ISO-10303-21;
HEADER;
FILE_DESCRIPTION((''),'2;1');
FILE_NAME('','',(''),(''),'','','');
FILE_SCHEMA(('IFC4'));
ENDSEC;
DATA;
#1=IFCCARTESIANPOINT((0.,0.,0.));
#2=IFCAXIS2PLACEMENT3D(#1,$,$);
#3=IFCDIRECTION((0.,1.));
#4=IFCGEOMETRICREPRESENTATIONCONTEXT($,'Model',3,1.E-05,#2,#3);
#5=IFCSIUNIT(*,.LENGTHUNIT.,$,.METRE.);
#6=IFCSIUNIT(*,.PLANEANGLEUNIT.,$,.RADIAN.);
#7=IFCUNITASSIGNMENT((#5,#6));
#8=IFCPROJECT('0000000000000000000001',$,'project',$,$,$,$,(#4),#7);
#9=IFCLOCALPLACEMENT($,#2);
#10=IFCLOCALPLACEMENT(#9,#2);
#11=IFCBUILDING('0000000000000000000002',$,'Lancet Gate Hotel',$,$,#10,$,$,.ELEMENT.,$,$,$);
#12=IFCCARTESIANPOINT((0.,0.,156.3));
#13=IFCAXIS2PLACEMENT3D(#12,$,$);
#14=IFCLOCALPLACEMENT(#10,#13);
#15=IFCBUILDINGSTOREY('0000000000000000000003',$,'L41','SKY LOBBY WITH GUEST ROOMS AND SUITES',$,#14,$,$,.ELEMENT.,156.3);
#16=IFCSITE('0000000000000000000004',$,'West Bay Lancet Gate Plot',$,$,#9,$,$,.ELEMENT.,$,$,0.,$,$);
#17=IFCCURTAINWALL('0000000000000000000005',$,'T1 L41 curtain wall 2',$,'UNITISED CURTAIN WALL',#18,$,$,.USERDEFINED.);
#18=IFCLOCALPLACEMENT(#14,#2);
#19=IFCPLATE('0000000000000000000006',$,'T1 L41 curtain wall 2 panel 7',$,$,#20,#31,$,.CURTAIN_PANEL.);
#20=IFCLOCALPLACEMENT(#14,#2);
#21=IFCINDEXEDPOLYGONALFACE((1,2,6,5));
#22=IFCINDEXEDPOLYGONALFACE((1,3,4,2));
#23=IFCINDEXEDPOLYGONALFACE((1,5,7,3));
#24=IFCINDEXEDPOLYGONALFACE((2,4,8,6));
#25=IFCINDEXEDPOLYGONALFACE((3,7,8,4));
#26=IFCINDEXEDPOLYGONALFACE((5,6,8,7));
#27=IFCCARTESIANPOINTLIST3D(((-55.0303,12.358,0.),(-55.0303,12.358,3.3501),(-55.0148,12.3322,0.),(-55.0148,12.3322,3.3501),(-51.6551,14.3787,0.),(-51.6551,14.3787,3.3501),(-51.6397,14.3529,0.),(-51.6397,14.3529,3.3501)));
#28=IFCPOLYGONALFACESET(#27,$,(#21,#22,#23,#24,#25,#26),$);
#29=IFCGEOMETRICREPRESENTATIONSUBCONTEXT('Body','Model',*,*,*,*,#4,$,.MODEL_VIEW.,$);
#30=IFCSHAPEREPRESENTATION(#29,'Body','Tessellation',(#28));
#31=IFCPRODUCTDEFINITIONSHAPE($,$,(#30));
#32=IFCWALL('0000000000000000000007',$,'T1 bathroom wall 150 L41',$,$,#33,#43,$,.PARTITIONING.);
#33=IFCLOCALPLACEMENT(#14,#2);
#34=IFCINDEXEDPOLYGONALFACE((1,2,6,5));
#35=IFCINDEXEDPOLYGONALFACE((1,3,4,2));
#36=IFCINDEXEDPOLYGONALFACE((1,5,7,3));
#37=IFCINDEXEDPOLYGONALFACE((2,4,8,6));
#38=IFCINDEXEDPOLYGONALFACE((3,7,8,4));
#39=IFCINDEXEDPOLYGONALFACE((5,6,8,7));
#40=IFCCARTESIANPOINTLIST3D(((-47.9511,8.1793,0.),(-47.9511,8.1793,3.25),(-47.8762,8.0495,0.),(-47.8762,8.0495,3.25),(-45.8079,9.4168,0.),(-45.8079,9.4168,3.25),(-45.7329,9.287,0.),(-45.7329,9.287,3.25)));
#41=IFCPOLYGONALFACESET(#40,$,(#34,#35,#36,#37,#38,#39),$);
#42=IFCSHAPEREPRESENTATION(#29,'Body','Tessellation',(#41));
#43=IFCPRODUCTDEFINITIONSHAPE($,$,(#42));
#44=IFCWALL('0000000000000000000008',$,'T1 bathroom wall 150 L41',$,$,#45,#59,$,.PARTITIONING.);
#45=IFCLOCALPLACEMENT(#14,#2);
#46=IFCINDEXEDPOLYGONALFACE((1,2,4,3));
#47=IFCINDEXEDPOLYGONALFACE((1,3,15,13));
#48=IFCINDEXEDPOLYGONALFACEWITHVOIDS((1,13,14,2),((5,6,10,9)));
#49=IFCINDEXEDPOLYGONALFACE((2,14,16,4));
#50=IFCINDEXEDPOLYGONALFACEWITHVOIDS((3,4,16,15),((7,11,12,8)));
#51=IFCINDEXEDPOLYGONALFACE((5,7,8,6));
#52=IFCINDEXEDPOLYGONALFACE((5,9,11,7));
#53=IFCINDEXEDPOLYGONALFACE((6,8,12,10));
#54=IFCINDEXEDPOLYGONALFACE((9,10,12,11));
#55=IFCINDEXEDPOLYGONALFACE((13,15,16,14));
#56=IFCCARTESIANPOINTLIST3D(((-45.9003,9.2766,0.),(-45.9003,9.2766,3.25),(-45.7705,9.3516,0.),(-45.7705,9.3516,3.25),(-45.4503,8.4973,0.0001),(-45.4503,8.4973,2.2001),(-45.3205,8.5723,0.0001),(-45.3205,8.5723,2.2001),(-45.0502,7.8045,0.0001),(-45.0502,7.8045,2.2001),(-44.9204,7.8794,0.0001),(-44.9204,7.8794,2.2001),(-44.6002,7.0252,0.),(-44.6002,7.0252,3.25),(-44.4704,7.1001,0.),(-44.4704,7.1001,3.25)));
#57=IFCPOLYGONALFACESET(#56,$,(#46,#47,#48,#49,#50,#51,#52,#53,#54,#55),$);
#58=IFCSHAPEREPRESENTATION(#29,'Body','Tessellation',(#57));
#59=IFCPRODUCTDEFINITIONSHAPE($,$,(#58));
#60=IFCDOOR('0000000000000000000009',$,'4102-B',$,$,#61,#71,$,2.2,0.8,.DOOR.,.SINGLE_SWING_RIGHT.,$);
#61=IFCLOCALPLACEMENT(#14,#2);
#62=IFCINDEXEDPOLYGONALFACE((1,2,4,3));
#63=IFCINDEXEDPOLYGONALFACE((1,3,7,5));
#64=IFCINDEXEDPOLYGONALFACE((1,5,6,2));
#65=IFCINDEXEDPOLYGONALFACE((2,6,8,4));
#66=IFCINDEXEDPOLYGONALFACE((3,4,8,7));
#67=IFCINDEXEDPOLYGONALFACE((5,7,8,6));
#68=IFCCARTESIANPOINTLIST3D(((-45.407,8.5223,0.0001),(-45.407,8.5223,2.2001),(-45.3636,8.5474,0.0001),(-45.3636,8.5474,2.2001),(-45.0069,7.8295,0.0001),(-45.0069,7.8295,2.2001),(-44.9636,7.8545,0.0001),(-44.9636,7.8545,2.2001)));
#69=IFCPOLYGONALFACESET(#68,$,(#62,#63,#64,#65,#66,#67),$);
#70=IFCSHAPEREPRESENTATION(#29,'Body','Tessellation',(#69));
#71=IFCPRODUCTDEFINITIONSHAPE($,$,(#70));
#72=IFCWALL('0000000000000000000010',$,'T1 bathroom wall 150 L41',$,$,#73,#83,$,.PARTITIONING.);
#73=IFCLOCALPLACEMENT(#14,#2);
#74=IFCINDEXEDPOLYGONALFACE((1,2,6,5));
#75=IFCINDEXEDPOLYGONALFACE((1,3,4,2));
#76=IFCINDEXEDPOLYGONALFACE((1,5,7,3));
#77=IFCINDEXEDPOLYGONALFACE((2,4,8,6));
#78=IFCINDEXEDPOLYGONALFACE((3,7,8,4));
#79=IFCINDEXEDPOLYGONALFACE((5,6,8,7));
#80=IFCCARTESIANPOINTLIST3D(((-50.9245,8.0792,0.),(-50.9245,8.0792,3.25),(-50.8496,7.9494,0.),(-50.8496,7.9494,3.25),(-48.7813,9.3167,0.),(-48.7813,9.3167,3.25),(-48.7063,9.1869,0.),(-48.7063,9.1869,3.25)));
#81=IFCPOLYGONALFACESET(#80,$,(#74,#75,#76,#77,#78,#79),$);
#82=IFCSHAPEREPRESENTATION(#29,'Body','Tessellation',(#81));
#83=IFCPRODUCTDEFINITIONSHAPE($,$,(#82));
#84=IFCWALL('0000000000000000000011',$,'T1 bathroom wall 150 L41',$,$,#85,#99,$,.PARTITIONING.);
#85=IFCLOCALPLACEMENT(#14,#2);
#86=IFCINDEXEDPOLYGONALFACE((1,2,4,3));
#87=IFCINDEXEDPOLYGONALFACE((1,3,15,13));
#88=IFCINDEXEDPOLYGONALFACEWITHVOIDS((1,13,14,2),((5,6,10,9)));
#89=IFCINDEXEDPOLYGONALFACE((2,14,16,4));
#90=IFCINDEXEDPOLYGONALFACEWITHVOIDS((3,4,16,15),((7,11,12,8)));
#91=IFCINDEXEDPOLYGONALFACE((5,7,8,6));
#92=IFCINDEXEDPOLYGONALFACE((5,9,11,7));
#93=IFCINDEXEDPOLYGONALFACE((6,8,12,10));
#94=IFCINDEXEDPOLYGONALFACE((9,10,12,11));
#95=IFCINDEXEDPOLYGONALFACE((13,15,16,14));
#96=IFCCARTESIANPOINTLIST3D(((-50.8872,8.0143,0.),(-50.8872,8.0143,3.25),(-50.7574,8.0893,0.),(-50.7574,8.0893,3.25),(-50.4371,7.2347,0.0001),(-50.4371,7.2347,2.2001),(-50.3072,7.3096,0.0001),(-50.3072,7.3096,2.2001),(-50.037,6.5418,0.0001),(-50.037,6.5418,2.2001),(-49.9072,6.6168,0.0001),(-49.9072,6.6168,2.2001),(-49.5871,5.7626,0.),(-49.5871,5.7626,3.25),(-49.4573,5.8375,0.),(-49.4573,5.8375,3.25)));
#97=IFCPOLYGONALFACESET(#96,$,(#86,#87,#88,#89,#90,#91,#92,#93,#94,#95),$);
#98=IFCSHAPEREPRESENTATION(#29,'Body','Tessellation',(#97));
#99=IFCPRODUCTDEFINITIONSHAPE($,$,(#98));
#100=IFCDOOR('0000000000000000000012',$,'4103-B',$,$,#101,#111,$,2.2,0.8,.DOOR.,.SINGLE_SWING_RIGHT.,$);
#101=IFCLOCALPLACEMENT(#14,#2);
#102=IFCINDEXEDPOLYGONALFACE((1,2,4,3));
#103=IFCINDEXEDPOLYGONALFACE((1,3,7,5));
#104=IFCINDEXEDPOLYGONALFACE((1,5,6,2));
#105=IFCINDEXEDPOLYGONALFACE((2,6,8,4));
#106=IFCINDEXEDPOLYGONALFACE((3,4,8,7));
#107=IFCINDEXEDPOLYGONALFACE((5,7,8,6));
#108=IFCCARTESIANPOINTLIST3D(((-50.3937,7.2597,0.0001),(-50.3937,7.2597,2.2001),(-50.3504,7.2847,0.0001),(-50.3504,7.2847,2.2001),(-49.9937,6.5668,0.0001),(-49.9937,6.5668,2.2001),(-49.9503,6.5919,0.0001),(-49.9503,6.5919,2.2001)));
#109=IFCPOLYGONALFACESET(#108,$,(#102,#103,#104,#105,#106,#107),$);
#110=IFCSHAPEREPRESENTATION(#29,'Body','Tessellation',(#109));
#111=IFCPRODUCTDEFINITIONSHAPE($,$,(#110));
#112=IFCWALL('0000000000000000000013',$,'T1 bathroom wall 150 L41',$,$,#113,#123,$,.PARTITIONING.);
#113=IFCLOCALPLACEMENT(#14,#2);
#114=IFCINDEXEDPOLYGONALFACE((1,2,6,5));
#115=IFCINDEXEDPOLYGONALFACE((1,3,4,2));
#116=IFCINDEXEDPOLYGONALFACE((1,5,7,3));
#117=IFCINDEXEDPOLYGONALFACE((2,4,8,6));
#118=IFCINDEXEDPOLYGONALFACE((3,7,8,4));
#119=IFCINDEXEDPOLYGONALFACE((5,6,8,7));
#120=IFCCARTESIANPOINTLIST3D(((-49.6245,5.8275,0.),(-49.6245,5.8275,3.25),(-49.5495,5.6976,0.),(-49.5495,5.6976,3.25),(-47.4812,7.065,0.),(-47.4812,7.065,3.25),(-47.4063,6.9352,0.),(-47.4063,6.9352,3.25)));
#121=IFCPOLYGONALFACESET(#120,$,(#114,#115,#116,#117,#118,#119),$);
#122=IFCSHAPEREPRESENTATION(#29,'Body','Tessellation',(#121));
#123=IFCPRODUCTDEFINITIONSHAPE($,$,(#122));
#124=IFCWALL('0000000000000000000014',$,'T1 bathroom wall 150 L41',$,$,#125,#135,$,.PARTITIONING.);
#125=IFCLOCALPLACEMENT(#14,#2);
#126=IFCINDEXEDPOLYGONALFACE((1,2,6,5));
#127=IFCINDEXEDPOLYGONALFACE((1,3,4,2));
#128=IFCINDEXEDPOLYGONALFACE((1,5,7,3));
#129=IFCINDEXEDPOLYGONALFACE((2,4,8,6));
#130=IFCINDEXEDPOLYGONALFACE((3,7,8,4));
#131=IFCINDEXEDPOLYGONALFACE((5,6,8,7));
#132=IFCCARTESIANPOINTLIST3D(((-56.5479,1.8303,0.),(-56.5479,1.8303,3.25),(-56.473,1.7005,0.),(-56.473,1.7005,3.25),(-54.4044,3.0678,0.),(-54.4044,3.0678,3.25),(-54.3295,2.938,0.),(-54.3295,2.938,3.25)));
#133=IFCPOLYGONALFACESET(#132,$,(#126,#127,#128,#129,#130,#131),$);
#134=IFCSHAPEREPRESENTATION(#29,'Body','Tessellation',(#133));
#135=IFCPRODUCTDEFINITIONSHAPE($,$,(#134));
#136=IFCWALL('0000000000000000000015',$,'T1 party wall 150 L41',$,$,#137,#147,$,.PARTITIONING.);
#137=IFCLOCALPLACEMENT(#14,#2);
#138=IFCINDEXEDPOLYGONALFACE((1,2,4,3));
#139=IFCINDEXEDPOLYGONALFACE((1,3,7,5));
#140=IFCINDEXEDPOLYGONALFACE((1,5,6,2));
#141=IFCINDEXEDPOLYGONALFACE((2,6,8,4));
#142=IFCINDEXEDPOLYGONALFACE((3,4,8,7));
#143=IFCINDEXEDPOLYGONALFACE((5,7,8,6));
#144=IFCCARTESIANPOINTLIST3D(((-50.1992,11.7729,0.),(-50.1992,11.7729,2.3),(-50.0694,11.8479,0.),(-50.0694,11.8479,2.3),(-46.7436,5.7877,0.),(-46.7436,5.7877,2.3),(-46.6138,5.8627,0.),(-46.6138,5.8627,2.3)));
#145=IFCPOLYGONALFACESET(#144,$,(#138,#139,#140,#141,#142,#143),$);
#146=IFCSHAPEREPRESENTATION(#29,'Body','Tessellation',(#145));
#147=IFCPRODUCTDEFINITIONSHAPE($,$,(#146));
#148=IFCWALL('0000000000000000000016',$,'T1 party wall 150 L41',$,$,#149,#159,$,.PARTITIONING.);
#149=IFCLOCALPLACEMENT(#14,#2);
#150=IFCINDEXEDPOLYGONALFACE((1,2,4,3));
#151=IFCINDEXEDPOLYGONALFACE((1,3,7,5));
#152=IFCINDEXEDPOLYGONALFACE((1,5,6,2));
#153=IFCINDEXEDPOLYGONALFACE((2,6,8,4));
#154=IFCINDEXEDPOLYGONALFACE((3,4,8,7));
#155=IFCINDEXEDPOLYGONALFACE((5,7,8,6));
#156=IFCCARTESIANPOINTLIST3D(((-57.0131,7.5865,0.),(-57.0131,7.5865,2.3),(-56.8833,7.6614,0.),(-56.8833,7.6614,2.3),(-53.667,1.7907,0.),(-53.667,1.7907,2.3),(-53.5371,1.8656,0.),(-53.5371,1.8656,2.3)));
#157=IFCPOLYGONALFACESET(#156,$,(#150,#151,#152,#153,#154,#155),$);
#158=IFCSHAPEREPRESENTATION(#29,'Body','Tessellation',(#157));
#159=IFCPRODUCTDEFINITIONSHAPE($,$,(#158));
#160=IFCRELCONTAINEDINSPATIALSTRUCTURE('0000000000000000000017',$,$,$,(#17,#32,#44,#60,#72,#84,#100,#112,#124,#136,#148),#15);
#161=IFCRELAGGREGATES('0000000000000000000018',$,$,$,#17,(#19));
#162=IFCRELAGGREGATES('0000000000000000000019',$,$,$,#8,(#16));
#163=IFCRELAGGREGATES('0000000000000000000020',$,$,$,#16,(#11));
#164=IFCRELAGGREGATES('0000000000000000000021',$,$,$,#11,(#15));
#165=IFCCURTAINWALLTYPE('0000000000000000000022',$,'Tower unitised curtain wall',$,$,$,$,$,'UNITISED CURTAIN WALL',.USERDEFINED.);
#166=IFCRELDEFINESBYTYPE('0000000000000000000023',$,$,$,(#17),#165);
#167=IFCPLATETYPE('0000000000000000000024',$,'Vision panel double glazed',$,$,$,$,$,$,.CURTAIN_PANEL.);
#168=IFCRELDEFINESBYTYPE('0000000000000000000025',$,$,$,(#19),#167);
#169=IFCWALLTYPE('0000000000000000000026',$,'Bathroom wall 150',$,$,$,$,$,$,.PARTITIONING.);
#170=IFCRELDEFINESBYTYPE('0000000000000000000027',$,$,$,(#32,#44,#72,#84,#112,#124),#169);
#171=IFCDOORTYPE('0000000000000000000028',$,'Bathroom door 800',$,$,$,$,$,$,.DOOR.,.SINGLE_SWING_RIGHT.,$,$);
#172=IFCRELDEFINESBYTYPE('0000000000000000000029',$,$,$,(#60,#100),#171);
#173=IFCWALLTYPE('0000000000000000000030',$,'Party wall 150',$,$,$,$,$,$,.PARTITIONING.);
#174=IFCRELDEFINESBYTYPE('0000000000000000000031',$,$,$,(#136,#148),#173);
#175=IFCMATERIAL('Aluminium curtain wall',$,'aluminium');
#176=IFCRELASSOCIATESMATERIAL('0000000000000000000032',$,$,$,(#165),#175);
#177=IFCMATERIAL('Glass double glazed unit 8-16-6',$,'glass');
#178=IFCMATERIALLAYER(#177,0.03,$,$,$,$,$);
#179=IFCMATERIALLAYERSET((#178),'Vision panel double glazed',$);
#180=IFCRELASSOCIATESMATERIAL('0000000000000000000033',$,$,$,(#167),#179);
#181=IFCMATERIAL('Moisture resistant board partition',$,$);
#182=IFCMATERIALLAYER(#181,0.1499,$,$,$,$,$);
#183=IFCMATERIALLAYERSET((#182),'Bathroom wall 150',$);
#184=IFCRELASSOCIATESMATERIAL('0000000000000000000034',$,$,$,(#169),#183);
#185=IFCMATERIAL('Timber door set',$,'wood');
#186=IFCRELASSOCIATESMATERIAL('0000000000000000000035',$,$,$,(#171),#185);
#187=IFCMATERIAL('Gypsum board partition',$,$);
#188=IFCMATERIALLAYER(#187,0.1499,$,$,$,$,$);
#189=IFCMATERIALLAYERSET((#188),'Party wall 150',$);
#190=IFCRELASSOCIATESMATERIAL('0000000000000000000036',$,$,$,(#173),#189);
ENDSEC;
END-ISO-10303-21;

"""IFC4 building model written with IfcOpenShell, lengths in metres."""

from ifc_helpers import new_model, si_unit, direction, frame, frame_2d, origin, origin_2d, place, context, subcontext, project, spatial, rectangle, extrude, material, layer, layer_set, type_object, element, fill, aggregate, save


model = new_model("IFC4")

# Units and contexts
model_context = context("Model", 3, precision=1e-05, world=origin(), true_north=direction((0.0, 1.0)))
body_context = subcontext(model_context, "Body", "Model", "MODEL_VIEW")
ifc_project = project(units=[si_unit("LENGTHUNIT", "METRE"), si_unit("PLANEANGLEUNIT", "RADIAN")], contexts=[model_context])

# Site, building, storey
site_placement = place(None, origin())
site = spatial("IfcSite", under=ifc_project, at=site_placement, Name="West Bay Lancet Gate Plot", CompositionType="ELEMENT", RefElevation=0.0)
building_placement = place(site_placement, origin())
building = spatial("IfcBuilding", under=site, at=building_placement, Name="Lancet Gate Hotel", CompositionType="ELEMENT")
storey_placement = place(building_placement, frame((0.0, 0.0, 156.3)))
storey = spatial("IfcBuildingStorey", under=building, at=storey_placement, Name="L41", Description="SKY LOBBY WITH GUEST ROOMS AND SUITES", CompositionType="ELEMENT", Elevation=156.3)

# Curtain wall
ifc_material_1 = material(Name="Aluminium curtain wall", Category="aluminium")
curtain_wall_type = type_object("IfcCurtainWallType", Name="Tower unitised curtain wall", ElementType="UNITISED CURTAIN WALL", PredefinedType="USERDEFINED", material=ifc_material_1)
curtain_wall_placement = place(storey_placement, origin())
curtain_wall = element("IfcCurtainWall", 1, at=curtain_wall_placement, inside=storey, type_object=curtain_wall_type, Name="T1 L41 curtain wall 2", ObjectType="UNITISED CURTAIN WALL", PredefinedType="USERDEFINED")

# Plate
ifc_material_2 = material(Name="Glass double glazed unit 8-16-6", Category="glass")
ifc_layer_1 = layer(ifc_material_2, 0.03)
ifc_layer_set_1 = layer_set([ifc_layer_1], Name="Vision panel double glazed")
plate_type = type_object("IfcPlateType", Name="Vision panel double glazed", PredefinedType="CURTAIN_PANEL", material=ifc_layer_set_1)
plate_1_placement = place(storey_placement, frame((-53.335, 13.3555, 0.0), z_axis=(0.0, 0.0, 1.0), x_axis=(-0.857987, -0.513672, 0.0)))
plate_1 = element("IfcPlate", 2, at=plate_1_placement, type_object=plate_type, Name="T1 L41 curtain wall 2 panel 7", PredefinedType="CURTAIN_PANEL", context=body_context, shape_type="SweptSolid", body=[
    extrude(rectangle(XDim=3.9338, YDim=0.03, at=origin_2d()), origin(), (0.0, 0.0, 1.0), 3.3501),
])
aggregate(curtain_wall, [plate_1])

# Wall
ifc_material_3 = material(Name="Moisture resistant board partition")
ifc_layer_2 = layer(ifc_material_3, 0.1499)
ifc_layer_set_2 = layer_set([ifc_layer_2], Name="Bathroom wall 150")
wall_type_1 = type_object("IfcWallType", Name="Bathroom wall 150", PredefinedType="PARTITIONING", material=ifc_layer_set_2)
wall_1_placement = place(storey_placement, frame((-45.7705, 9.3518, 0.0), z_axis=(0.0, 0.0, 1.0), x_axis=(-0.866007, -0.500033, 0.0)))
element("IfcWall", 3, at=wall_1_placement, inside=storey, type_object=wall_type_1, Name="T1 bathroom wall 150 L41", PredefinedType="PARTITIONING", context=body_context, shape_type="SweptSolid", body=[
    extrude(rectangle(XDim=2.4749, YDim=0.1499, at=frame_2d((1.2373, 0.0))), origin(), (0.0, 0.0, 1.0), 3.25),
])

# Wall, opening, door
wall_2_placement = place(storey_placement, frame((-44.5354, 7.0627, 0.0), z_axis=(0.0, 0.0, 1.0), x_axis=(-0.500048, 0.865998, 0.0)))
wall_2 = element("IfcWall", 4, at=wall_2_placement, inside=storey, type_object=wall_type_1, Name="T1 bathroom wall 150 L41", PredefinedType="PARTITIONING", context=body_context, shape_type="SweptSolid", body=[
    extrude(rectangle(XDim=2.5999, YDim=0.1499, at=frame_2d((1.2998, 0.0))), origin(), (0.0, 0.0, 1.0), 3.25),
])
opening_1_placement = place(wall_2_placement, frame((0.8999, 0.0, 0.0)))
opening_1 = element("IfcOpeningElement", 5, at=opening_1_placement, cuts=wall_2, PredefinedType="OPENING", context=body_context, shape_type="SweptSolid", body=[
    extrude(rectangle(XDim=0.8, YDim=2.2, at=frame_2d((0.3999, 1.1001))), frame((0.0, 0.085, 0.0), z_axis=(0.0, -1.0, 0.0), x_axis=(1.0, 0.0, 0.0)), (0.0, 0.0, 1.0), 0.1699),
])
ifc_material_4 = material(Name="Timber door set", Category="wood")
door_type_1 = type_object("IfcDoorType", Name="Bathroom door 800", OperationType="SINGLE_SWING_RIGHT", PredefinedType="DOOR", material=ifc_material_4)
door_1_placement = place(opening_1_placement, origin())
door_1 = element("IfcDoor", 6, at=door_1_placement, inside=storey, type_object=door_type_1, Name="4102-B", OperationType="SINGLE_SWING_RIGHT", OverallHeight=2.2, OverallWidth=0.8, PredefinedType="DOOR", context=body_context, shape_type="SweptSolid", body=[
    extrude(rectangle(XDim=0.8, YDim=2.2, at=frame_2d((0.3999, 1.1001))), frame((0.0, 0.0249, 0.0), z_axis=(0.0, -1.0, 0.0), x_axis=(1.0, 0.0, 0.0)), (0.0, 0.0, 1.0), 0.05),
])
fill(opening_1, door_1)

# Wall
wall_3_placement = place(storey_placement, frame((-48.7439, 9.2517, 0.0), z_axis=(0.0, 0.0, 1.0), x_axis=(-0.866007, -0.500033, 0.0)))
element("IfcWall", 7, at=wall_3_placement, inside=storey, type_object=wall_type_1, Name="T1 bathroom wall 150 L41", PredefinedType="PARTITIONING", context=body_context, shape_type="SweptSolid", body=[
    extrude(rectangle(XDim=2.4749, YDim=0.1499, at=frame_2d((1.2373, 0.0))), origin(), (0.0, 0.0, 1.0), 3.25),
])

# Wall, opening, door
wall_4_placement = place(storey_placement, frame((-49.5222, 5.8, 0.0), z_axis=(0.0, 0.0, 1.0), x_axis=(-0.500007, 0.866021, 0.0)))
wall_4 = element("IfcWall", 8, at=wall_4_placement, inside=storey, type_object=wall_type_1, Name="T1 bathroom wall 150 L41", PredefinedType="PARTITIONING", context=body_context, shape_type="SweptSolid", body=[
    extrude(rectangle(XDim=2.6001, YDim=0.1499, at=frame_2d((1.3, 0.0))), origin(), (0.0, 0.0, 1.0), 3.25),
])
opening_2_placement = place(wall_4_placement, frame((0.8999, 0.0, 0.0)))
opening_2 = element("IfcOpeningElement", 9, at=opening_2_placement, cuts=wall_4, PredefinedType="OPENING", context=body_context, shape_type="SweptSolid", body=[
    extrude(rectangle(XDim=0.8, YDim=2.2, at=frame_2d((0.3999, 1.1001))), frame((0.0, 0.085, 0.0), z_axis=(0.0, -1.0, 0.0), x_axis=(1.0, 0.0, 0.0)), (0.0, 0.0, 1.0), 0.1699),
])
door_2_placement = place(opening_2_placement, origin())
door_2 = element("IfcDoor", 10, at=door_2_placement, inside=storey, type_object=door_type_1, Name="4103-B", OperationType="SINGLE_SWING_RIGHT", OverallHeight=2.2, OverallWidth=0.8, PredefinedType="DOOR", context=body_context, shape_type="SweptSolid", body=[
    extrude(rectangle(XDim=0.8, YDim=2.2, at=frame_2d((0.3999, 1.1001))), frame((0.0, 0.0249, 0.0), z_axis=(0.0, -1.0, 0.0), x_axis=(1.0, 0.0, 0.0)), (0.0, 0.0, 1.0), 0.05),
])
fill(opening_2, door_2)

# Walls
wall_5_placement = place(storey_placement, frame((-47.4438, 7.0, 0.0), z_axis=(0.0, 0.0, 1.0), x_axis=(-0.866007, -0.500033, 0.0)))
element("IfcWall", 11, at=wall_5_placement, inside=storey, type_object=wall_type_1, Name="T1 bathroom wall 150 L41", PredefinedType="PARTITIONING", context=body_context, shape_type="SweptSolid", body=[
    extrude(rectangle(XDim=2.4749, YDim=0.1499, at=frame_2d((1.2373, 0.0))), origin(), (0.0, 0.0, 1.0), 3.25),
])
wall_6_placement = place(storey_placement, frame((-54.3669, 3.0029, 0.0), z_axis=(0.0, 0.0, 1.0), x_axis=(-0.866031, -0.49999, 0.0)))
element("IfcWall", 12, at=wall_6_placement, inside=storey, type_object=wall_type_1, Name="T1 bathroom wall 150 L41", PredefinedType="PARTITIONING", context=body_context, shape_type="SweptSolid", body=[
    extrude(rectangle(XDim=2.4751, YDim=0.1499, at=frame_2d((1.2375, 0.0))), origin(), (0.0, 0.0, 1.0), 3.25),
])
ifc_material_5 = material(Name="Gypsum board partition")
ifc_layer_3 = layer(ifc_material_5, 0.1499)
ifc_layer_set_3 = layer_set([ifc_layer_3], Name="Party wall 150")
wall_type_2 = type_object("IfcWallType", Name="Party wall 150", PredefinedType="PARTITIONING", material=ifc_layer_set_3)
wall_7_placement = place(storey_placement, frame((-46.6787, 5.8252, 0.0), z_axis=(0.0, 0.0, 1.0), x_axis=(-0.500007, 0.866021, 0.0)))
element("IfcWall", 13, at=wall_7_placement, inside=storey, type_object=wall_type_2, Name="T1 party wall 150 L41", PredefinedType="PARTITIONING", context=body_context, shape_type="SweptSolid", body=[
    extrude(rectangle(XDim=6.9111, YDim=0.1499, at=frame_2d((3.4556, 0.0))), origin(), (0.0, 0.0, 1.0), 2.3),
])
wall_8_placement = place(storey_placement, frame((-53.6021, 1.8281, 0.0), z_axis=(0.0, 0.0, 1.0), x_axis=(-0.499992, 0.86603, 0.0)))
element("IfcWall", 14, at=wall_8_placement, inside=storey, type_object=wall_type_2, Name="T1 party wall 150 L41", PredefinedType="PARTITIONING", context=body_context, shape_type="SweptSolid", body=[
    extrude(rectangle(XDim=6.6924, YDim=0.1499, at=frame_2d((3.3462, 0.0))), origin(), (0.0, 0.0, 1.0), 2.3),
])

save(model, "model.ifc")
